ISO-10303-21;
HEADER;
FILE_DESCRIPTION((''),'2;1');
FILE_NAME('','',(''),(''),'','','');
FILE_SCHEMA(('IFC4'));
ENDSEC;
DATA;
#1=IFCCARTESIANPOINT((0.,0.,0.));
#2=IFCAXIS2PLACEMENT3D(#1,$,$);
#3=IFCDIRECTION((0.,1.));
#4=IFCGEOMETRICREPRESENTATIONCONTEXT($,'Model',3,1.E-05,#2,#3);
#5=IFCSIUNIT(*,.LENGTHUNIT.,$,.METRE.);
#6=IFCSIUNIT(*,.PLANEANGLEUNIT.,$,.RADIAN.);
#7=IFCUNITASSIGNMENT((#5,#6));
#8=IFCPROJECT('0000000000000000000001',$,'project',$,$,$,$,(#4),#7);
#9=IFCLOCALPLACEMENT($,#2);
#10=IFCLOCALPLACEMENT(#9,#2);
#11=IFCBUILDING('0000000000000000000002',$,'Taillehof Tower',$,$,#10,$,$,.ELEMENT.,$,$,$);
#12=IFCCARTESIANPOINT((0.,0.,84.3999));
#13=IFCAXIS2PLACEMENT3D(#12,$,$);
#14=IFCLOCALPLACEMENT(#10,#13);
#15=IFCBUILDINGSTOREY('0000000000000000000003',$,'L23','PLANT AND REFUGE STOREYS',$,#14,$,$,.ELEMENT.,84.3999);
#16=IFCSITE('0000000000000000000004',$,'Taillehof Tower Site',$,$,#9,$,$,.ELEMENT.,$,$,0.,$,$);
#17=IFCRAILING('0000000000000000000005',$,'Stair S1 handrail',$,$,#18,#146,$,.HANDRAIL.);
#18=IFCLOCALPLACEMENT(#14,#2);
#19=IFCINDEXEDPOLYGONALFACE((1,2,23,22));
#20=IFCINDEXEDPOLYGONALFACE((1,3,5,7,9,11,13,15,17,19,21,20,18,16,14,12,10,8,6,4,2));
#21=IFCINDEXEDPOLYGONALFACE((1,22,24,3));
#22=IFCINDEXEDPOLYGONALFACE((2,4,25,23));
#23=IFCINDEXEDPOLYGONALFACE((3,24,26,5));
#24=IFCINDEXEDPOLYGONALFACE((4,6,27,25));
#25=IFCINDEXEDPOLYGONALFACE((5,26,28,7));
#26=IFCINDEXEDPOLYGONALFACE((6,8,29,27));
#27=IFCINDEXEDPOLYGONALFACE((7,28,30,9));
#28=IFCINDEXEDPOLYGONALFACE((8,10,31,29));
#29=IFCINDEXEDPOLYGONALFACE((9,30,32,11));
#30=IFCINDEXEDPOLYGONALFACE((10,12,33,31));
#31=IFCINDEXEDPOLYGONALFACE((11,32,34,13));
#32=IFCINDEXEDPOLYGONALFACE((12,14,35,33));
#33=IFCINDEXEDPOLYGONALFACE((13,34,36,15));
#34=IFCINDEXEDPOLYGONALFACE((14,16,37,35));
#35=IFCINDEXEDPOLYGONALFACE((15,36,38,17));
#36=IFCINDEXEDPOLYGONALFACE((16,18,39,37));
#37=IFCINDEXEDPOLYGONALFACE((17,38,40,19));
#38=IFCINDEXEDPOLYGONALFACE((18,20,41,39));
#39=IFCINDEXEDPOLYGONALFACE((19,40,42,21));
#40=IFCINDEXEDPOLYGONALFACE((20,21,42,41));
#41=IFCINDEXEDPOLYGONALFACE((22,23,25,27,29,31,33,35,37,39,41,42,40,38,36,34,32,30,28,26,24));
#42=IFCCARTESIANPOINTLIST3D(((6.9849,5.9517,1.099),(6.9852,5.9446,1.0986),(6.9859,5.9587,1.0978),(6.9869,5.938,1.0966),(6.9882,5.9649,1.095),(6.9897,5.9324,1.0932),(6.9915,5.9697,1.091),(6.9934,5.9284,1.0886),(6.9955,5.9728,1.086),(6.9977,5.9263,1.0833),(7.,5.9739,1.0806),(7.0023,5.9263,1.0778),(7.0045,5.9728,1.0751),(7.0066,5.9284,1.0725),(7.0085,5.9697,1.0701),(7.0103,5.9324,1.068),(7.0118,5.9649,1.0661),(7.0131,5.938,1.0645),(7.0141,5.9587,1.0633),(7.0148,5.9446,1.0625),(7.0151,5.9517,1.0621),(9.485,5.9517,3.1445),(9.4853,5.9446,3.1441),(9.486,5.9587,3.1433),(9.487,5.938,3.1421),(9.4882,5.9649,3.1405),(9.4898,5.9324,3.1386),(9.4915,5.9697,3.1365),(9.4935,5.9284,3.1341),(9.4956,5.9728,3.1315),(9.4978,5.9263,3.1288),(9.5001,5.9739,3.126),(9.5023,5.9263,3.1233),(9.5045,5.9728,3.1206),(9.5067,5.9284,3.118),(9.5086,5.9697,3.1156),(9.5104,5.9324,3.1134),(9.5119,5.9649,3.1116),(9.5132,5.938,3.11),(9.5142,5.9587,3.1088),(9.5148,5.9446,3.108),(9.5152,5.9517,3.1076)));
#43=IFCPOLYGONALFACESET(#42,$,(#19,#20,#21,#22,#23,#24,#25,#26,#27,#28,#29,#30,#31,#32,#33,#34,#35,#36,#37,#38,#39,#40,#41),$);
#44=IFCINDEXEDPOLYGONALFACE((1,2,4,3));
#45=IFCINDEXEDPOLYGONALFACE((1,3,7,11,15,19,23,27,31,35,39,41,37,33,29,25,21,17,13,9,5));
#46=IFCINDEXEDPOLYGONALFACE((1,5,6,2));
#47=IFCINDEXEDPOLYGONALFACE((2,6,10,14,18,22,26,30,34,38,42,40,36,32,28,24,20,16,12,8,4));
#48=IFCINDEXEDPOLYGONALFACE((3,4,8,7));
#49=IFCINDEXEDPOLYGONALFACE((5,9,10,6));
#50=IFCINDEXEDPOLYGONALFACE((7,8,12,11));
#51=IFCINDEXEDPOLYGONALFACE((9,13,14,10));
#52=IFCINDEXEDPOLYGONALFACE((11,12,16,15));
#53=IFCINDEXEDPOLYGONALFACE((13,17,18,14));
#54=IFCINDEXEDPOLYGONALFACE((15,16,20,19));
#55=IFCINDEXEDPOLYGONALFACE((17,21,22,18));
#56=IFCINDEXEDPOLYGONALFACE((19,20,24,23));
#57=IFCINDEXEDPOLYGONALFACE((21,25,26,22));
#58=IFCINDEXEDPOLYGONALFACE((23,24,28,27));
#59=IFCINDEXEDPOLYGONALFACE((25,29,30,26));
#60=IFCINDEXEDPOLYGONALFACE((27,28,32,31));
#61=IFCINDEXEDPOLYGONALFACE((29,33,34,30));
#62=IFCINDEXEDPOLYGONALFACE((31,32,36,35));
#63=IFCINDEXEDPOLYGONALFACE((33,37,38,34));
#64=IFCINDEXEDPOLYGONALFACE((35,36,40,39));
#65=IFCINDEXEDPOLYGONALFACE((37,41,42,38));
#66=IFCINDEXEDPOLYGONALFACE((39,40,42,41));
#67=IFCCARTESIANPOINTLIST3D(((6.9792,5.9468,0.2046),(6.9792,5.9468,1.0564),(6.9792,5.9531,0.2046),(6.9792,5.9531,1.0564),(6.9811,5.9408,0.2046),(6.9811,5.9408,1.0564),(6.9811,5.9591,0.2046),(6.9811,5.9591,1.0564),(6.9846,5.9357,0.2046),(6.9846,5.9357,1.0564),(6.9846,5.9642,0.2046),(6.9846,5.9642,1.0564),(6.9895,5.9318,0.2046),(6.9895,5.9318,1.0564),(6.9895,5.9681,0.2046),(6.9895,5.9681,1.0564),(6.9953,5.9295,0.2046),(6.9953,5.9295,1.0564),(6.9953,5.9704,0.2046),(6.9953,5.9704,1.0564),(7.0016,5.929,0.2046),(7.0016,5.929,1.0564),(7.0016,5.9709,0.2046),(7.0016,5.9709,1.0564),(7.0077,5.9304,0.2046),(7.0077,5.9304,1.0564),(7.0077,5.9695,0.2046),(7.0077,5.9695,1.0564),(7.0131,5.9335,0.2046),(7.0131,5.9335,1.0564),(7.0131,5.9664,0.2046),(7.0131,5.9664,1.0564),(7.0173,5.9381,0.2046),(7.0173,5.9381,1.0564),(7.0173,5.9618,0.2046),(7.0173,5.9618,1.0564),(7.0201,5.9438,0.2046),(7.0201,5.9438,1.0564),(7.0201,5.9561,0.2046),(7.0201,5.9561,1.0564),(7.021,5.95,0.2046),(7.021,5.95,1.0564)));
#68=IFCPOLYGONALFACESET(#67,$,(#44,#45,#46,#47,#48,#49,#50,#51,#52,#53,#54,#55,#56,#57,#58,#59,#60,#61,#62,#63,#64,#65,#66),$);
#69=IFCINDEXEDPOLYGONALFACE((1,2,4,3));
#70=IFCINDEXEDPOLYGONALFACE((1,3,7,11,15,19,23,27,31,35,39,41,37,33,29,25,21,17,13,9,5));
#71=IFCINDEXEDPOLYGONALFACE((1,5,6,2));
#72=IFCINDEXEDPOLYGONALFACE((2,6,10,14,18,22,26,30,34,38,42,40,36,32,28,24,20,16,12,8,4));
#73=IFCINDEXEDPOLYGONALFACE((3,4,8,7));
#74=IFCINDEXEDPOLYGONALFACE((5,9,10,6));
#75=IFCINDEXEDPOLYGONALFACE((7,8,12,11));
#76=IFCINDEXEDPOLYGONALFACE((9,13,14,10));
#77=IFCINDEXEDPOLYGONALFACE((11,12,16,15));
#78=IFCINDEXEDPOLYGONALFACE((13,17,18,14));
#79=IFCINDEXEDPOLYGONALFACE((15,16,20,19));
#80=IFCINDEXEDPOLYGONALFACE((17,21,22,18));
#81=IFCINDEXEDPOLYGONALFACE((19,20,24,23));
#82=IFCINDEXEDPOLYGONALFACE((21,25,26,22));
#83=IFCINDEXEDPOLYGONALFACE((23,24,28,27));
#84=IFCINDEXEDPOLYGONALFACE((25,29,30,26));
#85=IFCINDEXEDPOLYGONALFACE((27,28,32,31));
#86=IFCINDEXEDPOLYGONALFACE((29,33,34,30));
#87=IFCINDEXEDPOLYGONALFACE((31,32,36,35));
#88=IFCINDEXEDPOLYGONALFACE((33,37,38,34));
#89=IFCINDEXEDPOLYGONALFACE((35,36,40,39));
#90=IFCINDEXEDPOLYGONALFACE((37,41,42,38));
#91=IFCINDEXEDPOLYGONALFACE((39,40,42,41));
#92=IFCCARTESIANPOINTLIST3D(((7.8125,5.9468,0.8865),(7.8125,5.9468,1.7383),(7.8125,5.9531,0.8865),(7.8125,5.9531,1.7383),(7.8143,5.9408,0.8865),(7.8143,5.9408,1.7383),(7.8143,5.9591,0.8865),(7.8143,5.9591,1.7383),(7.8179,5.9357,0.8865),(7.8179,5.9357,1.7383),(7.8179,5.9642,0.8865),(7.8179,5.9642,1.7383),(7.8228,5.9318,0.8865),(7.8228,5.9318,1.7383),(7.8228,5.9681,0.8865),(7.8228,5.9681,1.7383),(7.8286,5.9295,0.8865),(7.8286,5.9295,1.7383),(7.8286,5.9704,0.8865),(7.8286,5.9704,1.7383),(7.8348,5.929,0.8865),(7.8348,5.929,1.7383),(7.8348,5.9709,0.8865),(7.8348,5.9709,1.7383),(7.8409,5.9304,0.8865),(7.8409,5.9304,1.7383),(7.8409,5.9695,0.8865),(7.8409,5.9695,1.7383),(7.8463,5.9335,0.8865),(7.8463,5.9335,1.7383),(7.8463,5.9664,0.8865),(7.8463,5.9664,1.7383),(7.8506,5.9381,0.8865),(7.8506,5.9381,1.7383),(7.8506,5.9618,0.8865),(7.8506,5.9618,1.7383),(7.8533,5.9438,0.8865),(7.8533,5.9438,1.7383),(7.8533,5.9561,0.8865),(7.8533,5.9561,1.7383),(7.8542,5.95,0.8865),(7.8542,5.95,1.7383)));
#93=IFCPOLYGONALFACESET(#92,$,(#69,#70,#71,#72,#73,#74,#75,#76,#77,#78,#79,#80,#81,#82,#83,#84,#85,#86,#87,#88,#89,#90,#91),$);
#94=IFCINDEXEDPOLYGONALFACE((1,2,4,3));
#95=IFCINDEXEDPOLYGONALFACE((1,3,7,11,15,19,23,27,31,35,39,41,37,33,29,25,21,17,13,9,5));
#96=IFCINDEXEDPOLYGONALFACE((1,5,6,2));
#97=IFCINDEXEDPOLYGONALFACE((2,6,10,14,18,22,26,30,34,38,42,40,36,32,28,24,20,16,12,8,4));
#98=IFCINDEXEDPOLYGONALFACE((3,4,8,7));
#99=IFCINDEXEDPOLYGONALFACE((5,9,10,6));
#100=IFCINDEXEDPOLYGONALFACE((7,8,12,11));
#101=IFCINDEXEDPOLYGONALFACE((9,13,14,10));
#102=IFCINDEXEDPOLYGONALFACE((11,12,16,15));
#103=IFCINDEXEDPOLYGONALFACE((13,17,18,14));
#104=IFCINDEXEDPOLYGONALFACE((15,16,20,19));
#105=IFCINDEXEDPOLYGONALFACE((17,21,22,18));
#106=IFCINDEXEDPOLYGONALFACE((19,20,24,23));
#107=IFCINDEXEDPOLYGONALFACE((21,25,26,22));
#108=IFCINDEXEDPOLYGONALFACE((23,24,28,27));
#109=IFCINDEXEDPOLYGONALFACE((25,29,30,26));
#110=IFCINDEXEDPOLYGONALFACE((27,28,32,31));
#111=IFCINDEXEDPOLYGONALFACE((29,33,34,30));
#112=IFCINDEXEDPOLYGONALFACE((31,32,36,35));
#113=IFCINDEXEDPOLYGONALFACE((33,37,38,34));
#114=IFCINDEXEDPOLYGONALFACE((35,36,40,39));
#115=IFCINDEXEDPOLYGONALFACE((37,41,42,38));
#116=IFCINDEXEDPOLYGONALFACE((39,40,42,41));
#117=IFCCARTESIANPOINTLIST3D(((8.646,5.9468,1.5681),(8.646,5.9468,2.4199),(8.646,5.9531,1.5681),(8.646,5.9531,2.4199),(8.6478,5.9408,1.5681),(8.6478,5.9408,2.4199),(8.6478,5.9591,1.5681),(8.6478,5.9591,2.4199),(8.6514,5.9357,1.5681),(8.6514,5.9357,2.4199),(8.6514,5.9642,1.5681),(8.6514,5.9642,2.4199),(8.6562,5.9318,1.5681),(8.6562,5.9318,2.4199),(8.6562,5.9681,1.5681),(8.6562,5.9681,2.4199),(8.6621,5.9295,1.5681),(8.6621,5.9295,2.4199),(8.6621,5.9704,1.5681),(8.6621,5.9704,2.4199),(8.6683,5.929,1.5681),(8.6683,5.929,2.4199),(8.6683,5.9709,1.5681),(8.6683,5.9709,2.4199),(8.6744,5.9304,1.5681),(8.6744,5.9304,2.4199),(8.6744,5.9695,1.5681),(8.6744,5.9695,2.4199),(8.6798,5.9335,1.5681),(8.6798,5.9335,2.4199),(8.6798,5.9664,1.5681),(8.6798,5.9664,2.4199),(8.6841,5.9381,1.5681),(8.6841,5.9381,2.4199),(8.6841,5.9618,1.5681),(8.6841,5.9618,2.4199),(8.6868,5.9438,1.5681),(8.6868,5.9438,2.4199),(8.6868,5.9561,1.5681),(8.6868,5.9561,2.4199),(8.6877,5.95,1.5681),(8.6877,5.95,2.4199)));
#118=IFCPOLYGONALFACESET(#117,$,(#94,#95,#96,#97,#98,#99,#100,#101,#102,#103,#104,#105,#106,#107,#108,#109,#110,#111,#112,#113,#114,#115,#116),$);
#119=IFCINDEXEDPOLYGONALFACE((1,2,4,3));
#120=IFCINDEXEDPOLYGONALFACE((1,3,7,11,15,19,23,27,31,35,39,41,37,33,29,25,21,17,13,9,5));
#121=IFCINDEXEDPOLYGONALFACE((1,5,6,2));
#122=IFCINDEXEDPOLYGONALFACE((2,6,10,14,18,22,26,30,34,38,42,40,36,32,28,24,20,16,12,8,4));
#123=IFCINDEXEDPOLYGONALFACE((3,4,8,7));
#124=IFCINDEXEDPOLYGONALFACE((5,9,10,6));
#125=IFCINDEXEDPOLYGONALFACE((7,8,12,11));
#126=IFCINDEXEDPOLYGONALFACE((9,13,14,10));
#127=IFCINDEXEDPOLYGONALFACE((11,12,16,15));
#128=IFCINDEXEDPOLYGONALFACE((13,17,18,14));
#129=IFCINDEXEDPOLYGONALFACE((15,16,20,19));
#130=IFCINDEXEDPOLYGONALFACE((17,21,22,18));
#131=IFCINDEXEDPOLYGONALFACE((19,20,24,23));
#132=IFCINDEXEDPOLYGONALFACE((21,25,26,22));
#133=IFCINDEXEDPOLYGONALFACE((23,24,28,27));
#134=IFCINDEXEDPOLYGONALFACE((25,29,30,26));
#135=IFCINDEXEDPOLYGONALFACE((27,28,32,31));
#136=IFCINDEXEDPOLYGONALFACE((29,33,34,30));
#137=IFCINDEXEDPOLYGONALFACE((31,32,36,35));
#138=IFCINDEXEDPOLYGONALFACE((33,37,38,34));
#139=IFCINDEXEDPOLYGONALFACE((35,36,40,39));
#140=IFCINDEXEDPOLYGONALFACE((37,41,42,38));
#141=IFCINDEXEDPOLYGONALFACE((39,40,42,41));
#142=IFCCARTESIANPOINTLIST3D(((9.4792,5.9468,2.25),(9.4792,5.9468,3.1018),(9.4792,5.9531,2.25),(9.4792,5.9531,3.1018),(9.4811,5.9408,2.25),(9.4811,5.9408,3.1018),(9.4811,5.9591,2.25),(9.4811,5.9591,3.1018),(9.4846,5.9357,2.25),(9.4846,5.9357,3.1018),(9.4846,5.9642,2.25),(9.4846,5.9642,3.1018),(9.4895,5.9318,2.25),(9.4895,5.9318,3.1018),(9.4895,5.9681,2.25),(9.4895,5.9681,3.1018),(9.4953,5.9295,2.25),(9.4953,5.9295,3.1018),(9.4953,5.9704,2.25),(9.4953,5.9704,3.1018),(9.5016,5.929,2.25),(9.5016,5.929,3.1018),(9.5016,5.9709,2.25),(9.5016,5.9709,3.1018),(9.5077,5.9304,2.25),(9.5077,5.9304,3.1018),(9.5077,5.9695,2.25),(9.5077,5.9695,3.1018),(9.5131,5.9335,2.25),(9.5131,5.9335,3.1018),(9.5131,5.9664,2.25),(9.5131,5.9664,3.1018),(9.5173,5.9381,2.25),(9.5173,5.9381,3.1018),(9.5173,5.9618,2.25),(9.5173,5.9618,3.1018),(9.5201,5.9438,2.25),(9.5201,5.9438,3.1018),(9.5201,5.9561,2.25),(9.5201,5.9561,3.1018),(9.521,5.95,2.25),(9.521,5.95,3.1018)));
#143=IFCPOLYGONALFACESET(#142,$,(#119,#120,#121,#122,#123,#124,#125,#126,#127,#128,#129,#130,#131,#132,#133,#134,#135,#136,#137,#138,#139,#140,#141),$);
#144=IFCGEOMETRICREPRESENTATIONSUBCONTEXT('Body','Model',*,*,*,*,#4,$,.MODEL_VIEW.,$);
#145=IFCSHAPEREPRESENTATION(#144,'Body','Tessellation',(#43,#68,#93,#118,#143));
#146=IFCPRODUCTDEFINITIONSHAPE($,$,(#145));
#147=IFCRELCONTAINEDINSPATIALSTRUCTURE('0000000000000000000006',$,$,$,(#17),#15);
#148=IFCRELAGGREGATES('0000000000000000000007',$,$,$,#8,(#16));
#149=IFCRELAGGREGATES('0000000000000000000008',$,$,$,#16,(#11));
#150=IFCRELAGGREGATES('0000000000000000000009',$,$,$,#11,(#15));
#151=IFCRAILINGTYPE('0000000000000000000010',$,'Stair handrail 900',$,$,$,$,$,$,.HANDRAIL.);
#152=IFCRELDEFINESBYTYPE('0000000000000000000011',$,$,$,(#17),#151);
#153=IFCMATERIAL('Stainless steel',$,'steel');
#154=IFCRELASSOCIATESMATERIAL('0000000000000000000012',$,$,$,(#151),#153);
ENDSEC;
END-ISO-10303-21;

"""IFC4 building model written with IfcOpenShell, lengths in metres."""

from ifc_helpers import new_model, si_unit, direction, frame, origin, origin_2d, place, context, subcontext, project, spatial, circle, extrude, material, type_object, element, save


model = new_model("IFC4")

# Units and contexts
model_context = context("Model", 3, precision=1e-05, world=origin(), true_north=direction((0.0, 1.0)))
body_context = subcontext(model_context, "Body", "Model", "MODEL_VIEW")
ifc_project = project(units=[si_unit("LENGTHUNIT", "METRE"), si_unit("PLANEANGLEUNIT", "RADIAN")], contexts=[model_context])

# Site, building, storey
site_placement = place(None, origin())
site = spatial("IfcSite", under=ifc_project, at=site_placement, Name="Taillehof Tower Site", CompositionType="ELEMENT", RefElevation=0.0)
building_placement = place(site_placement, origin())
building = spatial("IfcBuilding", under=site, at=building_placement, Name="Taillehof Tower", CompositionType="ELEMENT")
storey_placement = place(building_placement, frame((0.0, 0.0, 84.3999)))
storey = spatial("IfcBuildingStorey", under=building, at=storey_placement, Name="L23", Description="PLANT AND REFUGE STOREYS", CompositionType="ELEMENT", Elevation=84.3999)

# Railing
ifc_material_1 = material(Name="Stainless steel", Category="steel")
railing_type = type_object("IfcRailingType", Name="Stair handrail 900", PredefinedType="HANDRAIL", material=ifc_material_1)
railing_1_placement = place(storey_placement, frame((7.0, 5.95, 0.2046)))
element("IfcRailing", 1, at=railing_1_placement, inside=storey, type_object=railing_type, Name="Stair S1 handrail", PredefinedType="HANDRAIL", context=body_context, shape_type="SweptSolid", body=[
    extrude(circle(Radius=0.0239, at=origin_2d()), frame((0.0, 0.0, 0.876), z_axis=(0.773964, 0.0, 0.63323), x_axis=(0.0, 1.0, 0.0)), (0.0, 0.0, 1.0), 3.2302),
    extrude(circle(Radius=0.021, at=origin_2d()), origin(), (0.0, 0.0, 1.0), 0.8518),
    extrude(circle(Radius=0.021, at=origin_2d()), frame((0.8333, 0.0, 0.6819)), (0.0, 0.0, 1.0), 0.8518),
    extrude(circle(Radius=0.021, at=origin_2d()), frame((1.6667, 0.0, 1.3635)), (0.0, 0.0, 1.0), 0.8518),
    extrude(circle(Radius=0.021, at=origin_2d()), frame((2.5, 0.0, 2.0454)), (0.0, 0.0, 1.0), 0.8518),
])

save(model, "model.ifc")
